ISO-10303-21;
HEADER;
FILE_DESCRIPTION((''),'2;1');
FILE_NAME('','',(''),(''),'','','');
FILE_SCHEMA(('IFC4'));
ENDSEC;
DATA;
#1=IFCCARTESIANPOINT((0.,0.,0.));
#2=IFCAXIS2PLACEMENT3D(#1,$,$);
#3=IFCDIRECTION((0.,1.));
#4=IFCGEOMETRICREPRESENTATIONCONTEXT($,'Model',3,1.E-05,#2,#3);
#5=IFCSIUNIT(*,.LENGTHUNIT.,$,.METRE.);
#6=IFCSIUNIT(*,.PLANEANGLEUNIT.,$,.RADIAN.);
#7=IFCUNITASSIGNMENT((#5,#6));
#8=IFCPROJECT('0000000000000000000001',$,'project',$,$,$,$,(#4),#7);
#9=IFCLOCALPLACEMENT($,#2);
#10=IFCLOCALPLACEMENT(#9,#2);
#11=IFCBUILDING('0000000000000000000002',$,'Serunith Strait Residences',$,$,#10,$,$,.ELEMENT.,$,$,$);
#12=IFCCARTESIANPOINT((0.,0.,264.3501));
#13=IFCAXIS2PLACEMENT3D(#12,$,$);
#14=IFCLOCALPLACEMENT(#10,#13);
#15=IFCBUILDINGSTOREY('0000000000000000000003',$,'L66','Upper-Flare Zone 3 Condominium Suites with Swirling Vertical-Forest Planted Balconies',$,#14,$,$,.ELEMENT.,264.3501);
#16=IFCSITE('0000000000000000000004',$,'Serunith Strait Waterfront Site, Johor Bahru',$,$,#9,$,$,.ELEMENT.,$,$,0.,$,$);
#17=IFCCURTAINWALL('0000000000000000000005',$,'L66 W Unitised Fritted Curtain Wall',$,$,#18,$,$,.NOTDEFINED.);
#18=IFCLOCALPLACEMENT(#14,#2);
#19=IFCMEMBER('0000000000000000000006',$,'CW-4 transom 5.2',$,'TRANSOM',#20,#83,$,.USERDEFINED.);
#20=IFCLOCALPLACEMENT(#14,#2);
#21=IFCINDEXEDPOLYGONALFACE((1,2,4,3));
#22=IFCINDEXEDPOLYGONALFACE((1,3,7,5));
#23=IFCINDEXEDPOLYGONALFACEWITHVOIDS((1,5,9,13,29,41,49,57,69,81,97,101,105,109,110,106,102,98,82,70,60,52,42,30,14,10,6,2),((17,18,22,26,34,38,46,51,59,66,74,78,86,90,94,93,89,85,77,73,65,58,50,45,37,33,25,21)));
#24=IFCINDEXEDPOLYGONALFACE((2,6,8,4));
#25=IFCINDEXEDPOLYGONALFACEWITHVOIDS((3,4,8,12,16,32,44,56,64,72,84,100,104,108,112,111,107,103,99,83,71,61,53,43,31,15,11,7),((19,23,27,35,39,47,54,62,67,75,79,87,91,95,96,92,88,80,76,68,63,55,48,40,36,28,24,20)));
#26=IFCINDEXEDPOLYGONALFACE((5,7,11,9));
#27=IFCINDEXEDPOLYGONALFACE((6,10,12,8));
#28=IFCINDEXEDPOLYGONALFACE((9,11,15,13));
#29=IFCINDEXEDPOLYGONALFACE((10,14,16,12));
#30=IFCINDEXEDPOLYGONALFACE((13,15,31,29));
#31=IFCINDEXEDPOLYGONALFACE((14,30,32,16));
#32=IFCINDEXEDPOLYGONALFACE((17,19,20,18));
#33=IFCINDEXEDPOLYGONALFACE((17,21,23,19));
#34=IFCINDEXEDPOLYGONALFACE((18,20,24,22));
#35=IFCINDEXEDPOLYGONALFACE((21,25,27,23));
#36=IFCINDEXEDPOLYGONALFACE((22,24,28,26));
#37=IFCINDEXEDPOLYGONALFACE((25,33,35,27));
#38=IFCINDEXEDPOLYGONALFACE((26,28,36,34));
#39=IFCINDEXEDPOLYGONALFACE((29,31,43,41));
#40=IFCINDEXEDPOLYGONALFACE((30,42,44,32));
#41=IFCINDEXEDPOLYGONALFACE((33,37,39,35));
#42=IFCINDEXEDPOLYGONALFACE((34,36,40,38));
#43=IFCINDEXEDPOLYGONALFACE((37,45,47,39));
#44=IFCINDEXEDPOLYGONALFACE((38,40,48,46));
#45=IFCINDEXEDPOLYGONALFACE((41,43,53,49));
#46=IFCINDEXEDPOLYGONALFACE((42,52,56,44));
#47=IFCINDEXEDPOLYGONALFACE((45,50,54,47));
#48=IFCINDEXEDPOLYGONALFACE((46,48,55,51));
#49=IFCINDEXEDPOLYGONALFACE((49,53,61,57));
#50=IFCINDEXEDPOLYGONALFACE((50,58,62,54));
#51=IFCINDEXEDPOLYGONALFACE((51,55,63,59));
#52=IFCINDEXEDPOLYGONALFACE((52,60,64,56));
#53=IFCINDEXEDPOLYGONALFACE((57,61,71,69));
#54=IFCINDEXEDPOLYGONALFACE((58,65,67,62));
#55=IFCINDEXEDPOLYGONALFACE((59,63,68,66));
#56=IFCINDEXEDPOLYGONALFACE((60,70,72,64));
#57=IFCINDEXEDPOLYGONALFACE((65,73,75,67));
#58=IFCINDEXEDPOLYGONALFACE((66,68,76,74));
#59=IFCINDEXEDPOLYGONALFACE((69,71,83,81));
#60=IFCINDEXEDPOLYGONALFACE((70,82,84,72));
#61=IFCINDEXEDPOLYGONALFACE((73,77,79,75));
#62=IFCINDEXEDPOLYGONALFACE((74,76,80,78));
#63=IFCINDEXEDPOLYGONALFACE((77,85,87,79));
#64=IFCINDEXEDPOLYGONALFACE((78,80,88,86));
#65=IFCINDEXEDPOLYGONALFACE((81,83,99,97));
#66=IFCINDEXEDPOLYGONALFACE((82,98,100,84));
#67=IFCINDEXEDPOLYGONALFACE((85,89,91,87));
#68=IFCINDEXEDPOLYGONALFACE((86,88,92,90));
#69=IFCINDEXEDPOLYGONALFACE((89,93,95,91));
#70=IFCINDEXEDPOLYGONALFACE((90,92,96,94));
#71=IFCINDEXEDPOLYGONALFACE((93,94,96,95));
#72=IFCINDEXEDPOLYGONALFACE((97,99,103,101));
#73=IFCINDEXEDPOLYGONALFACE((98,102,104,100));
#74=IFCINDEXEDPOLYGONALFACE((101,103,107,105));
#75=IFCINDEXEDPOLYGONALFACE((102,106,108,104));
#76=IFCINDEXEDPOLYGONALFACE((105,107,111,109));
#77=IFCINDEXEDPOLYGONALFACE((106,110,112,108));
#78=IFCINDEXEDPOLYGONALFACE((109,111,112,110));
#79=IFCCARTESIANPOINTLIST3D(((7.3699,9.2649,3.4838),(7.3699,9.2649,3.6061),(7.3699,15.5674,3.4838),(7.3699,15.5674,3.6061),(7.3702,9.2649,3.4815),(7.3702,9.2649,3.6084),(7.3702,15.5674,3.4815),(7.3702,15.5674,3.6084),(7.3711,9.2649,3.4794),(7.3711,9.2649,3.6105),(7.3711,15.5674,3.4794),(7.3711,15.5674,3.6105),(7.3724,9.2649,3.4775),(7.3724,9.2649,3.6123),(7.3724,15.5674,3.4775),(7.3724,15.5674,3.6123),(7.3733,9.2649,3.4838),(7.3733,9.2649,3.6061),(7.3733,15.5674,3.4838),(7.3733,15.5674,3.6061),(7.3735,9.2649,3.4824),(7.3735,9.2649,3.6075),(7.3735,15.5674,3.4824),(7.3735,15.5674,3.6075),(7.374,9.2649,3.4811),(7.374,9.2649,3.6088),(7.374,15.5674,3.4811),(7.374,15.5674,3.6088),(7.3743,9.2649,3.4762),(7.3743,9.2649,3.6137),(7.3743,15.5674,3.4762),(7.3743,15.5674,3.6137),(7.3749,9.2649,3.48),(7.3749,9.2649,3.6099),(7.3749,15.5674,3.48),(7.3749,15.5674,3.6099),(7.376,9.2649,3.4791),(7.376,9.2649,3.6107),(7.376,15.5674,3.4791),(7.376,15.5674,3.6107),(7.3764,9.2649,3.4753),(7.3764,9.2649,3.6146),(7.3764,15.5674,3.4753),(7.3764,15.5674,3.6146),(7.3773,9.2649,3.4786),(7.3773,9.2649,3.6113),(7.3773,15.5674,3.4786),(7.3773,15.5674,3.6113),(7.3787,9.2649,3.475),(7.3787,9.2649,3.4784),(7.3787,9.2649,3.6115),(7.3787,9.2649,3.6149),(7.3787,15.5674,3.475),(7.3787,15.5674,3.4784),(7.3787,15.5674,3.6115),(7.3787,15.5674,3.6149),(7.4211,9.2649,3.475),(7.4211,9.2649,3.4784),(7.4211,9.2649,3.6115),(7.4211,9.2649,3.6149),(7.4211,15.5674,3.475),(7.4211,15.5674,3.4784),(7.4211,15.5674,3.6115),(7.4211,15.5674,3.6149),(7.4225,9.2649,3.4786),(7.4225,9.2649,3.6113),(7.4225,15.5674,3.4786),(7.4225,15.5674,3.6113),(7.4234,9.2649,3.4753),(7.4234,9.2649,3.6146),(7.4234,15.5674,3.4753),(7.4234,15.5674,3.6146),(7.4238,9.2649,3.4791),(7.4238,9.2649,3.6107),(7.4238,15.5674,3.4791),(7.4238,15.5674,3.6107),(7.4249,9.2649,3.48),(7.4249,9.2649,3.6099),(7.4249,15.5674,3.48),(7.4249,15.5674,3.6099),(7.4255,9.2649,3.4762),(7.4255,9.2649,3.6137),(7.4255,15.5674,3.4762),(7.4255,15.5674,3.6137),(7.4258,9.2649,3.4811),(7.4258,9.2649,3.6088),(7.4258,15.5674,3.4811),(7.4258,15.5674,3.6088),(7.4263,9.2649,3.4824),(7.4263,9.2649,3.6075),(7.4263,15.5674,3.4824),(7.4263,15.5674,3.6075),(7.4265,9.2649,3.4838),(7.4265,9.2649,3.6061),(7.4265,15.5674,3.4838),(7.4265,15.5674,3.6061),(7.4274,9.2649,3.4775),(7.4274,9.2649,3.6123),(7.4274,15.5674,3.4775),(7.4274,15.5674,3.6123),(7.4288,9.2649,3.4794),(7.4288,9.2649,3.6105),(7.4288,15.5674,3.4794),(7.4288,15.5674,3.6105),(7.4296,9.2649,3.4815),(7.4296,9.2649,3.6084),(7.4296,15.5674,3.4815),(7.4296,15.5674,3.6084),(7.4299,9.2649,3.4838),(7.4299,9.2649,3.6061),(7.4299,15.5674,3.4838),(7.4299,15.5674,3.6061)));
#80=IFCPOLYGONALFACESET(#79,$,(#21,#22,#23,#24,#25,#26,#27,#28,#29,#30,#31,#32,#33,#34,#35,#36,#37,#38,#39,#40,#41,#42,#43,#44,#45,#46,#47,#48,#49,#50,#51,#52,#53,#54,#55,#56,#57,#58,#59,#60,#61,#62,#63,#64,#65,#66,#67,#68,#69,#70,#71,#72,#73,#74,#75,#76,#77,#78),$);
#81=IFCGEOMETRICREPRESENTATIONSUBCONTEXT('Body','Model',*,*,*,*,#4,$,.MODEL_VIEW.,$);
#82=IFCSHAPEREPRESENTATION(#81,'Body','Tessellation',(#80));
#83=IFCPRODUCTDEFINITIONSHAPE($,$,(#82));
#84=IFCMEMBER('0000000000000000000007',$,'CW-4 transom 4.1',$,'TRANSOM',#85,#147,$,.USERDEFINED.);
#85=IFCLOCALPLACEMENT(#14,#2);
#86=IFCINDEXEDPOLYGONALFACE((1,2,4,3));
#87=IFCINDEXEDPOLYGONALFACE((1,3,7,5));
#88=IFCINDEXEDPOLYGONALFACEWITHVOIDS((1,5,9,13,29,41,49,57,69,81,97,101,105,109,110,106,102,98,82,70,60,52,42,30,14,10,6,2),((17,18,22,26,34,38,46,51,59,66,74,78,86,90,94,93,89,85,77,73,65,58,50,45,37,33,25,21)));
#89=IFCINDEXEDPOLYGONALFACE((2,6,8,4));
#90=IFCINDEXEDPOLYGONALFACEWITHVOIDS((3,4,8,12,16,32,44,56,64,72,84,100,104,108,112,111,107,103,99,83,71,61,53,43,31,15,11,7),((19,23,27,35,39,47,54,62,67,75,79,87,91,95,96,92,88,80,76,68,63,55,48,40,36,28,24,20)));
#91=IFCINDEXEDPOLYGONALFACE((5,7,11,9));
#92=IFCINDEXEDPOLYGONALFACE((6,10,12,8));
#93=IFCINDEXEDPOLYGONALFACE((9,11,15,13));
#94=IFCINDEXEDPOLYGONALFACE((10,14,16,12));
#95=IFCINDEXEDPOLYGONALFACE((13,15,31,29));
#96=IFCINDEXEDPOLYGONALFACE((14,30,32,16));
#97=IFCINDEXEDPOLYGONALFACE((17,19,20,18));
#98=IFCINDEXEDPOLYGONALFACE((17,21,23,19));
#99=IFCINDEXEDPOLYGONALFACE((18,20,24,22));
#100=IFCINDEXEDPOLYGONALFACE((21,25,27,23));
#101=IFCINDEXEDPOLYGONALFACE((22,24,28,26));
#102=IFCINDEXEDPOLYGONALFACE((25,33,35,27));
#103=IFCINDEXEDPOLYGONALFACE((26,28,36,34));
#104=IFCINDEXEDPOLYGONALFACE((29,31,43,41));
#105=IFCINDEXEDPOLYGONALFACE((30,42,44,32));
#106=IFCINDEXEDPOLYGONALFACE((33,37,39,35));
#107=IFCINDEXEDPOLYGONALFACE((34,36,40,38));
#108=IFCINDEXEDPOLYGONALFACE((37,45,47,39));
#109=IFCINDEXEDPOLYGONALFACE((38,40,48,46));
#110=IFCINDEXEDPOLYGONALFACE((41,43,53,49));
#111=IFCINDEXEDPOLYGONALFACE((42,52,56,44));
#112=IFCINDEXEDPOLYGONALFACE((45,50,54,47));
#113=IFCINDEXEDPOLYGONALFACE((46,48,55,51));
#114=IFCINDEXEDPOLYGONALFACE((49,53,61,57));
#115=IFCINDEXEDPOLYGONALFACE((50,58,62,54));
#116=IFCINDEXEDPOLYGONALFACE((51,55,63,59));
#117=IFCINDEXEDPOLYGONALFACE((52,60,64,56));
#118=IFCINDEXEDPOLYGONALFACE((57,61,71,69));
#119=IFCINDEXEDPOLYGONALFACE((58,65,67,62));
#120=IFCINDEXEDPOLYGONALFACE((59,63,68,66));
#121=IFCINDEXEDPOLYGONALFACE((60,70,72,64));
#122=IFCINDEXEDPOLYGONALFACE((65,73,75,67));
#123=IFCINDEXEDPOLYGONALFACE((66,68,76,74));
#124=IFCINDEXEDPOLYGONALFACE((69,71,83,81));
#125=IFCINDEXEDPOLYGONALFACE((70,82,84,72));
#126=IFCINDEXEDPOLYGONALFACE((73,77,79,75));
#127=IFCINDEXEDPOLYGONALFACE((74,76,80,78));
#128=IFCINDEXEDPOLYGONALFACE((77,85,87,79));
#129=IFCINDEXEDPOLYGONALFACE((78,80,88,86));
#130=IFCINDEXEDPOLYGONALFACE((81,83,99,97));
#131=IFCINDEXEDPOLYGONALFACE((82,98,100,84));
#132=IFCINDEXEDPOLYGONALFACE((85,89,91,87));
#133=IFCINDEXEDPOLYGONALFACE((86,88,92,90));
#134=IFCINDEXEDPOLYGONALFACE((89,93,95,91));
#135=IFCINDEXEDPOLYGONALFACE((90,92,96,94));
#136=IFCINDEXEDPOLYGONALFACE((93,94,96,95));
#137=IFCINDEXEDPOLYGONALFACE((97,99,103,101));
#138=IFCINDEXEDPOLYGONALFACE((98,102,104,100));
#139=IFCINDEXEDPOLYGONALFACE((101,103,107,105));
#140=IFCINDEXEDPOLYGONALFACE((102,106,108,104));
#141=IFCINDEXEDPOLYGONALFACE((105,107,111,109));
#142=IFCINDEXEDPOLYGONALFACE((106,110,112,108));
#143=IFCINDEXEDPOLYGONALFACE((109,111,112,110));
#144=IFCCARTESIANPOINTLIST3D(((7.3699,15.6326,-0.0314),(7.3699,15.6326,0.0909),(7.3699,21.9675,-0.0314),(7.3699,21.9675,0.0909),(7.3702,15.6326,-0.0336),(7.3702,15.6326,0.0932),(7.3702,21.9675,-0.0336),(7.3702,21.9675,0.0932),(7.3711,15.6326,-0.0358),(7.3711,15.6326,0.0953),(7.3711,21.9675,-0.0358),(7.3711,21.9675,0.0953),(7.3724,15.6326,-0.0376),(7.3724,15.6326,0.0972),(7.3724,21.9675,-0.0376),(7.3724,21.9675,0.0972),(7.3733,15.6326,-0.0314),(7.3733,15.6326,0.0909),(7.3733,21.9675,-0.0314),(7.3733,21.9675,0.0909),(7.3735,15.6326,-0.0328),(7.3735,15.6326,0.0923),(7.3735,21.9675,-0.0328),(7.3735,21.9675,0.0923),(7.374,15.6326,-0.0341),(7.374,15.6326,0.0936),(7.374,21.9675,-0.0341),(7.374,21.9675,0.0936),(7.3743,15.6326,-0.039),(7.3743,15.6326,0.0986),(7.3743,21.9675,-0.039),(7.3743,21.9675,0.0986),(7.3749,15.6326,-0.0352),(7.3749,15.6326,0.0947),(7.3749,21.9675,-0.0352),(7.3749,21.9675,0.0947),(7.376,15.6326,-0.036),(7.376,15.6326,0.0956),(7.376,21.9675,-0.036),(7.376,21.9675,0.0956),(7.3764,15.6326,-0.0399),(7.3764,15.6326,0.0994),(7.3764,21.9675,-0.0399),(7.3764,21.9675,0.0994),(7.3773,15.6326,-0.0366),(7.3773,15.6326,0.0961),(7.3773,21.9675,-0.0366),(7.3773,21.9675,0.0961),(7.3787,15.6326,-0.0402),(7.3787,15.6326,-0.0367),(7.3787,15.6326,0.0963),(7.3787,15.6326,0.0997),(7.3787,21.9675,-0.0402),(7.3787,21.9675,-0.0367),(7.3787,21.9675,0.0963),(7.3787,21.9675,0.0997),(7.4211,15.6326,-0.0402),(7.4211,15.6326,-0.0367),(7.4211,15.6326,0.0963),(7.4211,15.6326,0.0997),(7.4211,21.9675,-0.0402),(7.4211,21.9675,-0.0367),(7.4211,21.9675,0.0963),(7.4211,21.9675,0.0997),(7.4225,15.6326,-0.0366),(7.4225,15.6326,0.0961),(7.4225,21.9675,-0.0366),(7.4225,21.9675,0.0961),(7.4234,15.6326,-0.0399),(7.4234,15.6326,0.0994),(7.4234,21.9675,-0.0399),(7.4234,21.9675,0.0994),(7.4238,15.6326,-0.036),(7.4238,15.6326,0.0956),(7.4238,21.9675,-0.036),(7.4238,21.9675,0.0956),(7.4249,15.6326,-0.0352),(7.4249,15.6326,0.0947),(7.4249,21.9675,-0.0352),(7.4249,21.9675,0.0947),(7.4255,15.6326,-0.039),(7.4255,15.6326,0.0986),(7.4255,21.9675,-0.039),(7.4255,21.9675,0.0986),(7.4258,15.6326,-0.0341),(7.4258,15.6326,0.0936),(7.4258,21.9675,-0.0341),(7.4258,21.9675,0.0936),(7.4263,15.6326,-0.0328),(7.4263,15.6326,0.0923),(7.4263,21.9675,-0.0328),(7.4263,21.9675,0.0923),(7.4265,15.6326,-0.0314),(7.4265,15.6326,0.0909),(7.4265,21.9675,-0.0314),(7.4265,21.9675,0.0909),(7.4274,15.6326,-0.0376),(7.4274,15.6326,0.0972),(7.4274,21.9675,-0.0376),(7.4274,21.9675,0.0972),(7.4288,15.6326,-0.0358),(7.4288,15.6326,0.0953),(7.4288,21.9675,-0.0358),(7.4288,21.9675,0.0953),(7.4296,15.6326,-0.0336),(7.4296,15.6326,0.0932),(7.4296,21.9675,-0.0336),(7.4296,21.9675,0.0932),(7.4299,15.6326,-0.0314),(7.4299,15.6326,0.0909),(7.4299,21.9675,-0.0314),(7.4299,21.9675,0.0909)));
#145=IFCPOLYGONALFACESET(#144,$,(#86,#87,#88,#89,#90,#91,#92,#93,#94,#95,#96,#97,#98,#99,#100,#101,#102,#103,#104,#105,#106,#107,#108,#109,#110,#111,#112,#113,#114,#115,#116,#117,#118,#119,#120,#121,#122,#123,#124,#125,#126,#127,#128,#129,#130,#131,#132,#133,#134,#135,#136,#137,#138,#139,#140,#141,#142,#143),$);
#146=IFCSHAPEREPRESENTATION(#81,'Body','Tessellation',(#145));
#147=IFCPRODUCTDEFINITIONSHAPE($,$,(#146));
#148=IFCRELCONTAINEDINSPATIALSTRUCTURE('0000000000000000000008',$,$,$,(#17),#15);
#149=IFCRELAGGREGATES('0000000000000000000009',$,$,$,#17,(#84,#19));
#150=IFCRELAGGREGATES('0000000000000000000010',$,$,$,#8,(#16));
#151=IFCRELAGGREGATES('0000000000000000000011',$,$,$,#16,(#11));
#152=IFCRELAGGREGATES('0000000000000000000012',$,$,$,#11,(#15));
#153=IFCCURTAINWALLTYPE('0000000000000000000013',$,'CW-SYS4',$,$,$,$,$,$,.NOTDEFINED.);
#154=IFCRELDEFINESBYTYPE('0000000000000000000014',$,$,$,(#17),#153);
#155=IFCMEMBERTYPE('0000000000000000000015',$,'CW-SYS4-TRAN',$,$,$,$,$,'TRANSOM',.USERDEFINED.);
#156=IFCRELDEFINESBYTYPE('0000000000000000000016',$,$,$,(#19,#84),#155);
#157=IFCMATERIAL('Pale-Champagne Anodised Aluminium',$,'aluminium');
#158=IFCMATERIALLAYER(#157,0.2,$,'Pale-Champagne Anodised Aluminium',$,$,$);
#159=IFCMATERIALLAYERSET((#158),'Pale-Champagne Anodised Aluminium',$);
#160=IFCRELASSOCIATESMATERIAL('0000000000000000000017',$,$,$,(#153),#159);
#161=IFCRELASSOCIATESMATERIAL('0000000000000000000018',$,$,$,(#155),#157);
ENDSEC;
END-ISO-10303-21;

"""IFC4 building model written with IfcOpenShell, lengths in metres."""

from ifc_helpers import new_model, si_unit, direction, frame, origin, origin_2d, place, context, subcontext, project, spatial, hollow_rectangle, extrude, source, transform, mapped, material, layer, layer_set, material_profile, profile_set, type_object, element, aggregate, save


model = new_model("IFC4")

# Units and contexts
model_context = context("Model", 3, precision=1e-05, world=origin(), true_north=direction((0.0, 1.0)))
body_context = subcontext(model_context, "Body", "Model", "MODEL_VIEW")
ifc_project = project(units=[si_unit("LENGTHUNIT", "METRE"), si_unit("PLANEANGLEUNIT", "RADIAN")], contexts=[model_context])

# Site, building, storey
site_placement = place(None, origin())
site = spatial("IfcSite", under=ifc_project, at=site_placement, Name="Serunith Strait Waterfront Site, Johor Bahru", CompositionType="ELEMENT", RefElevation=0.0)
building_placement = place(site_placement, origin())
building = spatial("IfcBuilding", under=site, at=building_placement, Name="Serunith Strait Residences", CompositionType="ELEMENT")
storey_placement = place(building_placement, frame((0.0, 0.0, 264.3501)))
storey = spatial("IfcBuildingStorey", under=building, at=storey_placement, Name="L66", Description="Upper-Flare Zone 3 Condominium Suites with Swirling Vertical-Forest Planted Balconies", CompositionType="ELEMENT", Elevation=264.3501)

# Curtain wall, members
ifc_material_1 = material(Name="Pale-Champagne Anodised Aluminium", Category="aluminium")
ifc_layer_1 = layer(ifc_material_1, 0.2, Name="Pale-Champagne Anodised Aluminium")
ifc_layer_set_1 = layer_set([ifc_layer_1], Name="Pale-Champagne Anodised Aluminium")
curtain_wall_type = type_object("IfcCurtainWallType", Name="CW-SYS4", PredefinedType="NOTDEFINED", material=ifc_layer_set_1)
curtain_wall_placement = place(storey_placement, origin())
curtain_wall = element("IfcCurtainWall", 1, at=curtain_wall_placement, inside=storey, type_object=curtain_wall_type, Name="L66 W Unitised Fritted Curtain Wall", PredefinedType="NOTDEFINED")
ifc_material_profile_1 = material_profile(ifc_material_1, hollow_rectangle(XDim=0.0601, YDim=0.1399, WallThickness=0.0034, InnerFilletRadius=0.0054, OuterFilletRadius=0.0088, at=origin_2d()), Name="ALU 140x60x3.5")
ifc_profile_set_1 = profile_set([ifc_material_profile_1], Name="Pale-Champagne Anodised Aluminium")
member_type_1 = type_object("IfcMemberType", Name="CW-SYS4-TRAN", ElementType="TRANSOM", PredefinedType="USERDEFINED", material=ifc_profile_set_1)
shared_shape_1 = source(origin(), body_context, "Body", "SweptSolid", [
    extrude(hollow_rectangle(XDim=0.0601, YDim=0.1399, WallThickness=0.0034, InnerFilletRadius=0.0054, OuterFilletRadius=0.0088, at=origin_2d()), origin(), (0.0, 0.0, 1.0), 6.3025),
])
member_1_placement = place(storey_placement, frame((7.3999, 15.5674, 3.5449), z_axis=(0.0, -1.0, 0.0), x_axis=(1.0, 0.0, 0.0)))
member_1 = element("IfcMember", 2, at=member_1_placement, type_object=member_type_1, Name="CW-4 transom 5.2", ObjectType="TRANSOM", PredefinedType="USERDEFINED", context=body_context, shape_type="MappedRepresentation", body=[
    mapped(shared_shape_1, transform((0.0, 0.0, 0.0), scale=1.0)),
])
shared_shape_2 = source(origin(), body_context, "Body", "SweptSolid", [
    extrude(hollow_rectangle(XDim=0.0601, YDim=0.1399, WallThickness=0.0034, InnerFilletRadius=0.0054, OuterFilletRadius=0.0088, at=origin_2d()), origin(), (0.0, 0.0, 1.0), 6.335),
])
member_2_placement = place(storey_placement, frame((7.3999, 21.9675, 0.0298), z_axis=(0.0, -1.0, 0.0), x_axis=(1.0, 0.0, 0.0)))
member_2 = element("IfcMember", 3, at=member_2_placement, type_object=member_type_1, Name="CW-4 transom 4.1", ObjectType="TRANSOM", PredefinedType="USERDEFINED", context=body_context, shape_type="MappedRepresentation", body=[
    mapped(shared_shape_2, transform((0.0, 0.0, 0.0), scale=1.0)),
])
aggregate(curtain_wall, [member_2, member_1])

save(model, "model.ifc")
